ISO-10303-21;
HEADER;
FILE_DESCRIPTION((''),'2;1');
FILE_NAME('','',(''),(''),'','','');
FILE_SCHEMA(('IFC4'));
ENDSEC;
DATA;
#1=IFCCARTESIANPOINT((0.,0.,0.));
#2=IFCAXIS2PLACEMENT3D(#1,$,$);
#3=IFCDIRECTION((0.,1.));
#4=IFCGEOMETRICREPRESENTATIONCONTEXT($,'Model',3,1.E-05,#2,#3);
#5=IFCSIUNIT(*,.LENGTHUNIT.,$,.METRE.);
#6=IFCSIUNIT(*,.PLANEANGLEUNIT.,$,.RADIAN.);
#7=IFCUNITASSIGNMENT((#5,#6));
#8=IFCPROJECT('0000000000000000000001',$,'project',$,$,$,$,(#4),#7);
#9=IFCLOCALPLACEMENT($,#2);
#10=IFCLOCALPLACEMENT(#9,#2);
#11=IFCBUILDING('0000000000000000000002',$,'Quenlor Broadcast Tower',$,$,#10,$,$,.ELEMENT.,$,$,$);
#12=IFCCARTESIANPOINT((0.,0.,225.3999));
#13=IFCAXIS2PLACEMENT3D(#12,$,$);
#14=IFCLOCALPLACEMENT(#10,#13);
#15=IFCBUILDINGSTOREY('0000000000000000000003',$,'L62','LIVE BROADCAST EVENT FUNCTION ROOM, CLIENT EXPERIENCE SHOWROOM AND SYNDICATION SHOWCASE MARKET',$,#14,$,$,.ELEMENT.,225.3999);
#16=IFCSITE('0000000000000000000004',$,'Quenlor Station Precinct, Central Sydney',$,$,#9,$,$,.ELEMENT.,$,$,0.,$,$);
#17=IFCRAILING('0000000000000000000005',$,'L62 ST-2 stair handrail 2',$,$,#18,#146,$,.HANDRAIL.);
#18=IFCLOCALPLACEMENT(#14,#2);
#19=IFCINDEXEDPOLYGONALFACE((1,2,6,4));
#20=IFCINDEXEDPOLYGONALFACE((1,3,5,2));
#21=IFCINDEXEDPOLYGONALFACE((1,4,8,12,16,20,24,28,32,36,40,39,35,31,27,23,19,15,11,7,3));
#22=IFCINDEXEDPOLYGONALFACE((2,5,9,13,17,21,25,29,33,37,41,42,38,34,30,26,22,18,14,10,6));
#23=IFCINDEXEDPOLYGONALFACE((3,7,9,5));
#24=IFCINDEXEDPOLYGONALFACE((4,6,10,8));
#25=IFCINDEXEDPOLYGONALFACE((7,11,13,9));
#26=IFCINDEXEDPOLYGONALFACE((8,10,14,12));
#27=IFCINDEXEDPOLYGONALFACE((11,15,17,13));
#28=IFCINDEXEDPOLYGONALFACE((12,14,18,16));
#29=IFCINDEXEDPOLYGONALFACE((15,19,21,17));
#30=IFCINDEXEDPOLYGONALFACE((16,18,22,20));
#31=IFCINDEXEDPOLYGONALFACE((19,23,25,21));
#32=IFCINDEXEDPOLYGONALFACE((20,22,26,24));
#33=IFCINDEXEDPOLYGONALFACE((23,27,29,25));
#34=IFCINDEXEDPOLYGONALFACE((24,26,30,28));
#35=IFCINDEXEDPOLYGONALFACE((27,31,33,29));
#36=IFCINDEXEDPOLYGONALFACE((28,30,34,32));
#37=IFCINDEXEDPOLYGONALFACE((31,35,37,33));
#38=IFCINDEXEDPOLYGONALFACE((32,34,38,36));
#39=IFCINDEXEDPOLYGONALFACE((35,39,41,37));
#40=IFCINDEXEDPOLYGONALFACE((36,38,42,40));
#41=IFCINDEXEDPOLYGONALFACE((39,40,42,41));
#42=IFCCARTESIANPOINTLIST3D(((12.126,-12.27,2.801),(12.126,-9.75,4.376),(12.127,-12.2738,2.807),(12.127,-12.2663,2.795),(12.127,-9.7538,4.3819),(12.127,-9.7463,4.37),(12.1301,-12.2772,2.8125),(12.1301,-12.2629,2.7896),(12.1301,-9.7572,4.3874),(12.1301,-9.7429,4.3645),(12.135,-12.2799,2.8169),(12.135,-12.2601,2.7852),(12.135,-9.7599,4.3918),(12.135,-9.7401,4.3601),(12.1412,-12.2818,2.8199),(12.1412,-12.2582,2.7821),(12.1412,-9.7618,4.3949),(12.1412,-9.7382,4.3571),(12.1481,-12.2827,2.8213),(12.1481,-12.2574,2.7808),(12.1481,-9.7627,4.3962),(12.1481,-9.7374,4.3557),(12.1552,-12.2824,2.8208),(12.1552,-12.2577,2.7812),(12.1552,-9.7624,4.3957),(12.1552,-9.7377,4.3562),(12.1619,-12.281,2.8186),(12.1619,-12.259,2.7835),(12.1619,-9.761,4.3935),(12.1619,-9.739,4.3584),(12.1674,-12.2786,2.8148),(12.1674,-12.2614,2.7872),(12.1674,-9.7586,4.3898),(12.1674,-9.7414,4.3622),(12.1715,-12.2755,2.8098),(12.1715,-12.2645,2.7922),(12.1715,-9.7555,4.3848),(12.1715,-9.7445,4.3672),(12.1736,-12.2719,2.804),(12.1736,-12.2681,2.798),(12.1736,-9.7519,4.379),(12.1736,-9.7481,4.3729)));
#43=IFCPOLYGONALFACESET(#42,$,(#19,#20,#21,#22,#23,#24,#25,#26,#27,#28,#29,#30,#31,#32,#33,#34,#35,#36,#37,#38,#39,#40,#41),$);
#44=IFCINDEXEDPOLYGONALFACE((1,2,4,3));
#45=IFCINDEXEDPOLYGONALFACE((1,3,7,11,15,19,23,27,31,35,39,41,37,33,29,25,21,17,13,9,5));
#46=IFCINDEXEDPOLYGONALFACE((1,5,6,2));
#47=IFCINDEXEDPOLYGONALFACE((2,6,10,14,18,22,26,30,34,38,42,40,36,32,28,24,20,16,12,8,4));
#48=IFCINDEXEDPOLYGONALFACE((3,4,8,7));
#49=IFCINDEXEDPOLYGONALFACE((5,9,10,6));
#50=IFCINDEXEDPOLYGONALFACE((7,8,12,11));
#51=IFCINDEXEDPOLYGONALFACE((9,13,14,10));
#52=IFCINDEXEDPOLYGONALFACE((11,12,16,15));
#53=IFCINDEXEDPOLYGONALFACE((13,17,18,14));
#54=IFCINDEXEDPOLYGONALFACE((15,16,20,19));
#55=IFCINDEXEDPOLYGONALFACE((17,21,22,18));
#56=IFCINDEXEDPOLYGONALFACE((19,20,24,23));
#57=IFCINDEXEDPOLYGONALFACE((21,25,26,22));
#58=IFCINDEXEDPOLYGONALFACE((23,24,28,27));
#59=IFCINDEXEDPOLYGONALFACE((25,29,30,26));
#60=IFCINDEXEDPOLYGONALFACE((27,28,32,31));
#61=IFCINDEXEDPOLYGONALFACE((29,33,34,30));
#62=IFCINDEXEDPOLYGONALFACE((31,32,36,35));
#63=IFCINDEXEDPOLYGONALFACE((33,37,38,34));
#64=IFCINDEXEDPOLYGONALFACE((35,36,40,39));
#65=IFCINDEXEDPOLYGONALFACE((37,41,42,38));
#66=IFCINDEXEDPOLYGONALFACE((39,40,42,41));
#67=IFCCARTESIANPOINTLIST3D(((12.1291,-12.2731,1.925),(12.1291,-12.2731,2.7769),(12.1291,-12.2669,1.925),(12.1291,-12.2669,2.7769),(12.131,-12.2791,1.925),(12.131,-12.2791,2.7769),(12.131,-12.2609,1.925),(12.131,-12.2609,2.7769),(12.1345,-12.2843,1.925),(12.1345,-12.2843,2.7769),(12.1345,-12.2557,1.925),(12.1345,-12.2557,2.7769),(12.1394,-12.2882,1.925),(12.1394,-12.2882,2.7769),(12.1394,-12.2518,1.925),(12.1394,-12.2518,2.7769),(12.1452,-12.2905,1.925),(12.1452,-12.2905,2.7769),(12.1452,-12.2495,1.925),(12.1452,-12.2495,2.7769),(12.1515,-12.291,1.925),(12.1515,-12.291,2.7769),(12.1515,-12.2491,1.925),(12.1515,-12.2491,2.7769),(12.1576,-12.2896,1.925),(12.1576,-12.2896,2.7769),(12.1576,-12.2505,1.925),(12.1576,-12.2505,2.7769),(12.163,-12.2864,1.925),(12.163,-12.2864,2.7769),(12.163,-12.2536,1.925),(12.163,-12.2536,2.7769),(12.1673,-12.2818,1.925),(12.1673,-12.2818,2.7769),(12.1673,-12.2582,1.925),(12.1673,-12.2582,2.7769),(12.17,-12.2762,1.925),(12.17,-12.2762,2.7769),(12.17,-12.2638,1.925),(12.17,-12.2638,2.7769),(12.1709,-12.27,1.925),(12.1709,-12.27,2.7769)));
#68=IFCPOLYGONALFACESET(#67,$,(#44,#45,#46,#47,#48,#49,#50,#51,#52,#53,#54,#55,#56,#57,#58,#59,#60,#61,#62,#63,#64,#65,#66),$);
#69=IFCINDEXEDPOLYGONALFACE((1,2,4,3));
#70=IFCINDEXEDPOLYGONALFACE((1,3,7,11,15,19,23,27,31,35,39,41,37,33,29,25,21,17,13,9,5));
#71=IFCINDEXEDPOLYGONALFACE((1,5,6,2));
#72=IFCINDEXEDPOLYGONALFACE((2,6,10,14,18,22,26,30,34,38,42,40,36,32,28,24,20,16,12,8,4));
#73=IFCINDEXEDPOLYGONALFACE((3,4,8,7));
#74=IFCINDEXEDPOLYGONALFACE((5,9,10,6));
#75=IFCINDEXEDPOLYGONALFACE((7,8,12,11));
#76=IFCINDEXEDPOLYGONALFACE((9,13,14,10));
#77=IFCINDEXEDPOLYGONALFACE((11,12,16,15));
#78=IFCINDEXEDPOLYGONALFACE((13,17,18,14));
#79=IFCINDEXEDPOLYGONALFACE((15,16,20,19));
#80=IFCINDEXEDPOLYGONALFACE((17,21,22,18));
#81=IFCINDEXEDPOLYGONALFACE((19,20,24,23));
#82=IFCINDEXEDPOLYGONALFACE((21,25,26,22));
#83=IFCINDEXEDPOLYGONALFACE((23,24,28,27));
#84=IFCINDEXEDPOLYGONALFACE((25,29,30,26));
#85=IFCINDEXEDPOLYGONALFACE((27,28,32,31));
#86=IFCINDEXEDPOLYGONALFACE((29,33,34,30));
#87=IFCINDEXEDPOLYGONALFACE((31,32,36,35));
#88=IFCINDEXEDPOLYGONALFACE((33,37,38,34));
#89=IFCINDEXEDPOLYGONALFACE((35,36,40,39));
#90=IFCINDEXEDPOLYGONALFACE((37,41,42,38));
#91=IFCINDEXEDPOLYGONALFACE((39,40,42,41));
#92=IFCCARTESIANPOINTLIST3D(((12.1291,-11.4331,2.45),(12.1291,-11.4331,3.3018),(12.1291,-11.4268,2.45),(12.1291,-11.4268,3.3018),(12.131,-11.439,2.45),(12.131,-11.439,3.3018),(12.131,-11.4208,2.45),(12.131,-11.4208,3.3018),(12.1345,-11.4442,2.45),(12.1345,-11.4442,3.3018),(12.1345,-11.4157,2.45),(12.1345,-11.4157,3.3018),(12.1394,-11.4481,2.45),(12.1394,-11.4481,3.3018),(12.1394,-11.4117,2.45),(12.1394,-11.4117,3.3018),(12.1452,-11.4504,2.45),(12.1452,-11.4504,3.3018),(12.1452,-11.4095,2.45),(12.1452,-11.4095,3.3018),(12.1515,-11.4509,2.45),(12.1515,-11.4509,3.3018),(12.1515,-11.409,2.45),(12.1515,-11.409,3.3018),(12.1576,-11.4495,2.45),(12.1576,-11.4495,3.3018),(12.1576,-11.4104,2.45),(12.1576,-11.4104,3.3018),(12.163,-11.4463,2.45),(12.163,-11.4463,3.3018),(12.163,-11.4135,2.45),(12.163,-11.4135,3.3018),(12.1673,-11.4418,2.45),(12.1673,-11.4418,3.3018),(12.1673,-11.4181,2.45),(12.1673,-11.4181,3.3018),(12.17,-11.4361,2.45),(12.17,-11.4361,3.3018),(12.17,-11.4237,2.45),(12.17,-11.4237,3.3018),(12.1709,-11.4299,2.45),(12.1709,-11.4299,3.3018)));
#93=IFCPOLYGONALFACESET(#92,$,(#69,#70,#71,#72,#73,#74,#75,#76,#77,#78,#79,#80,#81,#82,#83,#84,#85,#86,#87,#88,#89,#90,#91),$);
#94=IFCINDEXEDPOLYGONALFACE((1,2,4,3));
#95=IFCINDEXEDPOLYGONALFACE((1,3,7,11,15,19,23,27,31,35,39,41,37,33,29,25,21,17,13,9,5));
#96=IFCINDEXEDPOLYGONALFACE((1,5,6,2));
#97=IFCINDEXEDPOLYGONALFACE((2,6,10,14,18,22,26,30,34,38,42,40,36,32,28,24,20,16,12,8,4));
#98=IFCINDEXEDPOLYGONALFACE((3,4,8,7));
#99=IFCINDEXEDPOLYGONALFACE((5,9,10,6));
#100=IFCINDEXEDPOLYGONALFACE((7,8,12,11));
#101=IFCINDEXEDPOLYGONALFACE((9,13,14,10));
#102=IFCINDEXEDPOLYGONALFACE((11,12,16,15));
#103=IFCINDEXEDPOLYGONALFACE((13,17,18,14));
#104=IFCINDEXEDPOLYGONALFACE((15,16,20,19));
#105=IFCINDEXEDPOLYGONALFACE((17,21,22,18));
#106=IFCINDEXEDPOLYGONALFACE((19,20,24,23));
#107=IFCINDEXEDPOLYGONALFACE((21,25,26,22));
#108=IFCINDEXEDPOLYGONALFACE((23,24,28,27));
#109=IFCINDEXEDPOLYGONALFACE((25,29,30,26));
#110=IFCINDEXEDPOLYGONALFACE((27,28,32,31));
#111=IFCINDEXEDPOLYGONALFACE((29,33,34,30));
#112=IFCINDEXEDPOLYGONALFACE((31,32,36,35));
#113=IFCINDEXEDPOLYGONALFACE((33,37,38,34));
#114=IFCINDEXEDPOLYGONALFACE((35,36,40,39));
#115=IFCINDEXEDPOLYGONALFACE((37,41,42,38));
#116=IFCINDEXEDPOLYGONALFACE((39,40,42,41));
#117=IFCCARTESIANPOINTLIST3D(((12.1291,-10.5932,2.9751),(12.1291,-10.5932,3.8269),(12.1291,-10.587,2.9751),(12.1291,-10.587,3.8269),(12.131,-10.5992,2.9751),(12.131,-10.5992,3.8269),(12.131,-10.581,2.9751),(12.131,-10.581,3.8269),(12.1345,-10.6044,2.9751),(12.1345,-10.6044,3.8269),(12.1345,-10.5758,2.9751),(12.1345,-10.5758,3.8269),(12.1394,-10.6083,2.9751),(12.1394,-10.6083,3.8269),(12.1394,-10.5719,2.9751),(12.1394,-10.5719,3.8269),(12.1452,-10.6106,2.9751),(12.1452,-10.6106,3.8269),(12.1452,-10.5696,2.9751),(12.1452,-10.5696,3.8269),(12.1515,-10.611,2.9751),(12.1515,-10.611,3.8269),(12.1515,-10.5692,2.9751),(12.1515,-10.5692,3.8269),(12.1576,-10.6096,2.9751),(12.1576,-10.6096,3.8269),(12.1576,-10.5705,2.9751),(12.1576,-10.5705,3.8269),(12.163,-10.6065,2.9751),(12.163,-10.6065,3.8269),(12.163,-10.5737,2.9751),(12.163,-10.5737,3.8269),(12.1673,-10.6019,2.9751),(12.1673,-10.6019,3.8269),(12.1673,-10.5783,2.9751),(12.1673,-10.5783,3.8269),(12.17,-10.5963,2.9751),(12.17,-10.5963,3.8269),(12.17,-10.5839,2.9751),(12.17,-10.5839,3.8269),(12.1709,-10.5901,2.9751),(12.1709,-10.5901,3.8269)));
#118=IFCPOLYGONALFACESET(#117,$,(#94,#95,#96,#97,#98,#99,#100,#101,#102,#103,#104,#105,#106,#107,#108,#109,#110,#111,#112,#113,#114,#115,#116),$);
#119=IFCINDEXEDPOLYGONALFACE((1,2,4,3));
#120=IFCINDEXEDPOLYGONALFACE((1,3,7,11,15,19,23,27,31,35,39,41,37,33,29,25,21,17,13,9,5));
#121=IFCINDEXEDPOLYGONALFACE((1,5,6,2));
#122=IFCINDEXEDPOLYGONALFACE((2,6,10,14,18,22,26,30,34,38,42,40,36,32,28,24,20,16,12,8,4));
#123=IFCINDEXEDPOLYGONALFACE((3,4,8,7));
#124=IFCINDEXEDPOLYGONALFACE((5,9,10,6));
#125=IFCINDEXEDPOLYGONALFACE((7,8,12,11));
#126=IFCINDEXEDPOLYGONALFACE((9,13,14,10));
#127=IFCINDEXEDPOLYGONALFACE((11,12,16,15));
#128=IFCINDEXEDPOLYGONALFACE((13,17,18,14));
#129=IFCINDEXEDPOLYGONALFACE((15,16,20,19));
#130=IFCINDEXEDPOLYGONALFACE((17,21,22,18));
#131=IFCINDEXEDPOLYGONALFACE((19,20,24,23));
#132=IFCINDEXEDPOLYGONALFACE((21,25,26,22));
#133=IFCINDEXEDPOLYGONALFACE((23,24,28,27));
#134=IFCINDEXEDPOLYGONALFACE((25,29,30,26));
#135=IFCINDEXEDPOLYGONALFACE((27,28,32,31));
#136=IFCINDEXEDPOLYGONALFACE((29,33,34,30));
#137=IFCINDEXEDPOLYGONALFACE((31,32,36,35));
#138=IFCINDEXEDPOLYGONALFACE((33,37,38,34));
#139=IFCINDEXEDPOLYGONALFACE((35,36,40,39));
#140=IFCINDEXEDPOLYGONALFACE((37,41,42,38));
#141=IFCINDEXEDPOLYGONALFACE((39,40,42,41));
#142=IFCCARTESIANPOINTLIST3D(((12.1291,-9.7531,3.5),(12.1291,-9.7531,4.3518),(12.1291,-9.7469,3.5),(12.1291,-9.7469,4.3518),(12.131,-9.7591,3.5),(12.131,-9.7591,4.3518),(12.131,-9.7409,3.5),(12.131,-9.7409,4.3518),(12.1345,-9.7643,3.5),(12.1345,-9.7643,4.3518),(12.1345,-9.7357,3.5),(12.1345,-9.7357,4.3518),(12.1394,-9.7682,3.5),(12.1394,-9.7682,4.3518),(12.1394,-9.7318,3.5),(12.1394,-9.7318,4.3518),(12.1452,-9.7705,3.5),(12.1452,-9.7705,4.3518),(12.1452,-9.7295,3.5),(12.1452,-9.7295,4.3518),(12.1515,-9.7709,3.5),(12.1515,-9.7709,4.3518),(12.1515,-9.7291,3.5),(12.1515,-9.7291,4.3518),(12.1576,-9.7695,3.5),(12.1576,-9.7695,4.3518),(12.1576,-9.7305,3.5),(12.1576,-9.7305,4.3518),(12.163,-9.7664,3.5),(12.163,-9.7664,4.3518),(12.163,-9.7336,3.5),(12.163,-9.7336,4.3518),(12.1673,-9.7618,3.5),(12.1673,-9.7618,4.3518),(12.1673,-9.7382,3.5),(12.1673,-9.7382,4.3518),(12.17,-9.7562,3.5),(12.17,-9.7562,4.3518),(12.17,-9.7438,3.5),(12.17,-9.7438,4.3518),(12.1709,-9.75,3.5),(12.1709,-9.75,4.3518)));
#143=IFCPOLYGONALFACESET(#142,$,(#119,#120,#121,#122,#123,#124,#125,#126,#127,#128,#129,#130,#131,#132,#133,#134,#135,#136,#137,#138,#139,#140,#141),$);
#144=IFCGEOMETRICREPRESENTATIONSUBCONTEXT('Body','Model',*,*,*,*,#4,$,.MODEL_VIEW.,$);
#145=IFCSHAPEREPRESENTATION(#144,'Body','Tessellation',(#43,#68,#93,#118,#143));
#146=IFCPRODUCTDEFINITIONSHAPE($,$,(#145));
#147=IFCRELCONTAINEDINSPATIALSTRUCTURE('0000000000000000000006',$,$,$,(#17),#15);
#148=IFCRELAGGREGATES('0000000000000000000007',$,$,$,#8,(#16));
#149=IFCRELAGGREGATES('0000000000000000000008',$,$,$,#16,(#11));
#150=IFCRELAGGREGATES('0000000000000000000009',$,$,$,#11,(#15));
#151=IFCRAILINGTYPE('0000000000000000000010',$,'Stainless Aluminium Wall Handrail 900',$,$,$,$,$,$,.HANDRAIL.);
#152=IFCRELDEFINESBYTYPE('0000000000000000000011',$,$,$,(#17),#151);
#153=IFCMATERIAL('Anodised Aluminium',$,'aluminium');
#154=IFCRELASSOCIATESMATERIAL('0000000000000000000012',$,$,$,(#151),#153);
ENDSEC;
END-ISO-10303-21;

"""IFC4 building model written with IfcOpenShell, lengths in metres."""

from ifc_helpers import new_model, si_unit, direction, frame, origin, origin_2d, place, context, subcontext, project, spatial, circle, extrude, material, type_object, element, save


model = new_model("IFC4")

# Units and contexts
model_context = context("Model", 3, precision=1e-05, world=origin(), true_north=direction((0.0, 1.0)))
body_context = subcontext(model_context, "Body", "Model", "MODEL_VIEW")
ifc_project = project(units=[si_unit("LENGTHUNIT", "METRE"), si_unit("PLANEANGLEUNIT", "RADIAN")], contexts=[model_context])

# Site, building, storey
site_placement = place(None, origin())
site = spatial("IfcSite", under=ifc_project, at=site_placement, Name="Quenlor Station Precinct, Central Sydney", CompositionType="ELEMENT", RefElevation=0.0)
building_placement = place(site_placement, origin())
building = spatial("IfcBuilding", under=site, at=building_placement, Name="Quenlor Broadcast Tower", CompositionType="ELEMENT")
storey_placement = place(building_placement, frame((0.0, 0.0, 225.3999)))
storey = spatial("IfcBuildingStorey", under=building, at=storey_placement, Name="L62", Description="LIVE BROADCAST EVENT FUNCTION ROOM, CLIENT EXPERIENCE SHOWROOM AND SYNDICATION SHOWCASE MARKET", CompositionType="ELEMENT", Elevation=225.3999)

# Railing
ifc_material_1 = material(Name="Anodised Aluminium", Category="aluminium")
railing_type_1 = type_object("IfcRailingType", Name="Stainless Aluminium Wall Handrail 900", PredefinedType="HANDRAIL", material=ifc_material_1)
railing_1_placement = place(storey_placement, frame((12.1499, -12.27, 1.925)))
element("IfcRailing", 1, at=railing_1_placement, inside=storey, type_object=railing_type_1, Name="L62 ST-2 stair handrail 2", PredefinedType="HANDRAIL", context=body_context, shape_type="SweptSolid", body=[
    extrude(circle(Radius=0.0239, at=origin_2d()), frame((0.0, 0.0, 0.876), z_axis=(0.0, 0.848008, 0.529984), x_axis=(-1.0, 0.0, 0.0)), (0.0, 0.0, 1.0), 2.9717),
    extrude(circle(Radius=0.021, at=origin_2d()), origin(), (0.0, 0.0, 1.0), 0.8518),
    extrude(circle(Radius=0.021, at=origin_2d()), frame((0.0, 0.8401, 0.5249)), (0.0, 0.0, 1.0), 0.8518),
    extrude(circle(Radius=0.021, at=origin_2d()), frame((0.0, 1.6799, 1.05)), (0.0, 0.0, 1.0), 0.8518),
    extrude(circle(Radius=0.021, at=origin_2d()), frame((0.0, 2.52, 1.575)), (0.0, 0.0, 1.0), 0.8518),
])

save(model, "model.ifc")
